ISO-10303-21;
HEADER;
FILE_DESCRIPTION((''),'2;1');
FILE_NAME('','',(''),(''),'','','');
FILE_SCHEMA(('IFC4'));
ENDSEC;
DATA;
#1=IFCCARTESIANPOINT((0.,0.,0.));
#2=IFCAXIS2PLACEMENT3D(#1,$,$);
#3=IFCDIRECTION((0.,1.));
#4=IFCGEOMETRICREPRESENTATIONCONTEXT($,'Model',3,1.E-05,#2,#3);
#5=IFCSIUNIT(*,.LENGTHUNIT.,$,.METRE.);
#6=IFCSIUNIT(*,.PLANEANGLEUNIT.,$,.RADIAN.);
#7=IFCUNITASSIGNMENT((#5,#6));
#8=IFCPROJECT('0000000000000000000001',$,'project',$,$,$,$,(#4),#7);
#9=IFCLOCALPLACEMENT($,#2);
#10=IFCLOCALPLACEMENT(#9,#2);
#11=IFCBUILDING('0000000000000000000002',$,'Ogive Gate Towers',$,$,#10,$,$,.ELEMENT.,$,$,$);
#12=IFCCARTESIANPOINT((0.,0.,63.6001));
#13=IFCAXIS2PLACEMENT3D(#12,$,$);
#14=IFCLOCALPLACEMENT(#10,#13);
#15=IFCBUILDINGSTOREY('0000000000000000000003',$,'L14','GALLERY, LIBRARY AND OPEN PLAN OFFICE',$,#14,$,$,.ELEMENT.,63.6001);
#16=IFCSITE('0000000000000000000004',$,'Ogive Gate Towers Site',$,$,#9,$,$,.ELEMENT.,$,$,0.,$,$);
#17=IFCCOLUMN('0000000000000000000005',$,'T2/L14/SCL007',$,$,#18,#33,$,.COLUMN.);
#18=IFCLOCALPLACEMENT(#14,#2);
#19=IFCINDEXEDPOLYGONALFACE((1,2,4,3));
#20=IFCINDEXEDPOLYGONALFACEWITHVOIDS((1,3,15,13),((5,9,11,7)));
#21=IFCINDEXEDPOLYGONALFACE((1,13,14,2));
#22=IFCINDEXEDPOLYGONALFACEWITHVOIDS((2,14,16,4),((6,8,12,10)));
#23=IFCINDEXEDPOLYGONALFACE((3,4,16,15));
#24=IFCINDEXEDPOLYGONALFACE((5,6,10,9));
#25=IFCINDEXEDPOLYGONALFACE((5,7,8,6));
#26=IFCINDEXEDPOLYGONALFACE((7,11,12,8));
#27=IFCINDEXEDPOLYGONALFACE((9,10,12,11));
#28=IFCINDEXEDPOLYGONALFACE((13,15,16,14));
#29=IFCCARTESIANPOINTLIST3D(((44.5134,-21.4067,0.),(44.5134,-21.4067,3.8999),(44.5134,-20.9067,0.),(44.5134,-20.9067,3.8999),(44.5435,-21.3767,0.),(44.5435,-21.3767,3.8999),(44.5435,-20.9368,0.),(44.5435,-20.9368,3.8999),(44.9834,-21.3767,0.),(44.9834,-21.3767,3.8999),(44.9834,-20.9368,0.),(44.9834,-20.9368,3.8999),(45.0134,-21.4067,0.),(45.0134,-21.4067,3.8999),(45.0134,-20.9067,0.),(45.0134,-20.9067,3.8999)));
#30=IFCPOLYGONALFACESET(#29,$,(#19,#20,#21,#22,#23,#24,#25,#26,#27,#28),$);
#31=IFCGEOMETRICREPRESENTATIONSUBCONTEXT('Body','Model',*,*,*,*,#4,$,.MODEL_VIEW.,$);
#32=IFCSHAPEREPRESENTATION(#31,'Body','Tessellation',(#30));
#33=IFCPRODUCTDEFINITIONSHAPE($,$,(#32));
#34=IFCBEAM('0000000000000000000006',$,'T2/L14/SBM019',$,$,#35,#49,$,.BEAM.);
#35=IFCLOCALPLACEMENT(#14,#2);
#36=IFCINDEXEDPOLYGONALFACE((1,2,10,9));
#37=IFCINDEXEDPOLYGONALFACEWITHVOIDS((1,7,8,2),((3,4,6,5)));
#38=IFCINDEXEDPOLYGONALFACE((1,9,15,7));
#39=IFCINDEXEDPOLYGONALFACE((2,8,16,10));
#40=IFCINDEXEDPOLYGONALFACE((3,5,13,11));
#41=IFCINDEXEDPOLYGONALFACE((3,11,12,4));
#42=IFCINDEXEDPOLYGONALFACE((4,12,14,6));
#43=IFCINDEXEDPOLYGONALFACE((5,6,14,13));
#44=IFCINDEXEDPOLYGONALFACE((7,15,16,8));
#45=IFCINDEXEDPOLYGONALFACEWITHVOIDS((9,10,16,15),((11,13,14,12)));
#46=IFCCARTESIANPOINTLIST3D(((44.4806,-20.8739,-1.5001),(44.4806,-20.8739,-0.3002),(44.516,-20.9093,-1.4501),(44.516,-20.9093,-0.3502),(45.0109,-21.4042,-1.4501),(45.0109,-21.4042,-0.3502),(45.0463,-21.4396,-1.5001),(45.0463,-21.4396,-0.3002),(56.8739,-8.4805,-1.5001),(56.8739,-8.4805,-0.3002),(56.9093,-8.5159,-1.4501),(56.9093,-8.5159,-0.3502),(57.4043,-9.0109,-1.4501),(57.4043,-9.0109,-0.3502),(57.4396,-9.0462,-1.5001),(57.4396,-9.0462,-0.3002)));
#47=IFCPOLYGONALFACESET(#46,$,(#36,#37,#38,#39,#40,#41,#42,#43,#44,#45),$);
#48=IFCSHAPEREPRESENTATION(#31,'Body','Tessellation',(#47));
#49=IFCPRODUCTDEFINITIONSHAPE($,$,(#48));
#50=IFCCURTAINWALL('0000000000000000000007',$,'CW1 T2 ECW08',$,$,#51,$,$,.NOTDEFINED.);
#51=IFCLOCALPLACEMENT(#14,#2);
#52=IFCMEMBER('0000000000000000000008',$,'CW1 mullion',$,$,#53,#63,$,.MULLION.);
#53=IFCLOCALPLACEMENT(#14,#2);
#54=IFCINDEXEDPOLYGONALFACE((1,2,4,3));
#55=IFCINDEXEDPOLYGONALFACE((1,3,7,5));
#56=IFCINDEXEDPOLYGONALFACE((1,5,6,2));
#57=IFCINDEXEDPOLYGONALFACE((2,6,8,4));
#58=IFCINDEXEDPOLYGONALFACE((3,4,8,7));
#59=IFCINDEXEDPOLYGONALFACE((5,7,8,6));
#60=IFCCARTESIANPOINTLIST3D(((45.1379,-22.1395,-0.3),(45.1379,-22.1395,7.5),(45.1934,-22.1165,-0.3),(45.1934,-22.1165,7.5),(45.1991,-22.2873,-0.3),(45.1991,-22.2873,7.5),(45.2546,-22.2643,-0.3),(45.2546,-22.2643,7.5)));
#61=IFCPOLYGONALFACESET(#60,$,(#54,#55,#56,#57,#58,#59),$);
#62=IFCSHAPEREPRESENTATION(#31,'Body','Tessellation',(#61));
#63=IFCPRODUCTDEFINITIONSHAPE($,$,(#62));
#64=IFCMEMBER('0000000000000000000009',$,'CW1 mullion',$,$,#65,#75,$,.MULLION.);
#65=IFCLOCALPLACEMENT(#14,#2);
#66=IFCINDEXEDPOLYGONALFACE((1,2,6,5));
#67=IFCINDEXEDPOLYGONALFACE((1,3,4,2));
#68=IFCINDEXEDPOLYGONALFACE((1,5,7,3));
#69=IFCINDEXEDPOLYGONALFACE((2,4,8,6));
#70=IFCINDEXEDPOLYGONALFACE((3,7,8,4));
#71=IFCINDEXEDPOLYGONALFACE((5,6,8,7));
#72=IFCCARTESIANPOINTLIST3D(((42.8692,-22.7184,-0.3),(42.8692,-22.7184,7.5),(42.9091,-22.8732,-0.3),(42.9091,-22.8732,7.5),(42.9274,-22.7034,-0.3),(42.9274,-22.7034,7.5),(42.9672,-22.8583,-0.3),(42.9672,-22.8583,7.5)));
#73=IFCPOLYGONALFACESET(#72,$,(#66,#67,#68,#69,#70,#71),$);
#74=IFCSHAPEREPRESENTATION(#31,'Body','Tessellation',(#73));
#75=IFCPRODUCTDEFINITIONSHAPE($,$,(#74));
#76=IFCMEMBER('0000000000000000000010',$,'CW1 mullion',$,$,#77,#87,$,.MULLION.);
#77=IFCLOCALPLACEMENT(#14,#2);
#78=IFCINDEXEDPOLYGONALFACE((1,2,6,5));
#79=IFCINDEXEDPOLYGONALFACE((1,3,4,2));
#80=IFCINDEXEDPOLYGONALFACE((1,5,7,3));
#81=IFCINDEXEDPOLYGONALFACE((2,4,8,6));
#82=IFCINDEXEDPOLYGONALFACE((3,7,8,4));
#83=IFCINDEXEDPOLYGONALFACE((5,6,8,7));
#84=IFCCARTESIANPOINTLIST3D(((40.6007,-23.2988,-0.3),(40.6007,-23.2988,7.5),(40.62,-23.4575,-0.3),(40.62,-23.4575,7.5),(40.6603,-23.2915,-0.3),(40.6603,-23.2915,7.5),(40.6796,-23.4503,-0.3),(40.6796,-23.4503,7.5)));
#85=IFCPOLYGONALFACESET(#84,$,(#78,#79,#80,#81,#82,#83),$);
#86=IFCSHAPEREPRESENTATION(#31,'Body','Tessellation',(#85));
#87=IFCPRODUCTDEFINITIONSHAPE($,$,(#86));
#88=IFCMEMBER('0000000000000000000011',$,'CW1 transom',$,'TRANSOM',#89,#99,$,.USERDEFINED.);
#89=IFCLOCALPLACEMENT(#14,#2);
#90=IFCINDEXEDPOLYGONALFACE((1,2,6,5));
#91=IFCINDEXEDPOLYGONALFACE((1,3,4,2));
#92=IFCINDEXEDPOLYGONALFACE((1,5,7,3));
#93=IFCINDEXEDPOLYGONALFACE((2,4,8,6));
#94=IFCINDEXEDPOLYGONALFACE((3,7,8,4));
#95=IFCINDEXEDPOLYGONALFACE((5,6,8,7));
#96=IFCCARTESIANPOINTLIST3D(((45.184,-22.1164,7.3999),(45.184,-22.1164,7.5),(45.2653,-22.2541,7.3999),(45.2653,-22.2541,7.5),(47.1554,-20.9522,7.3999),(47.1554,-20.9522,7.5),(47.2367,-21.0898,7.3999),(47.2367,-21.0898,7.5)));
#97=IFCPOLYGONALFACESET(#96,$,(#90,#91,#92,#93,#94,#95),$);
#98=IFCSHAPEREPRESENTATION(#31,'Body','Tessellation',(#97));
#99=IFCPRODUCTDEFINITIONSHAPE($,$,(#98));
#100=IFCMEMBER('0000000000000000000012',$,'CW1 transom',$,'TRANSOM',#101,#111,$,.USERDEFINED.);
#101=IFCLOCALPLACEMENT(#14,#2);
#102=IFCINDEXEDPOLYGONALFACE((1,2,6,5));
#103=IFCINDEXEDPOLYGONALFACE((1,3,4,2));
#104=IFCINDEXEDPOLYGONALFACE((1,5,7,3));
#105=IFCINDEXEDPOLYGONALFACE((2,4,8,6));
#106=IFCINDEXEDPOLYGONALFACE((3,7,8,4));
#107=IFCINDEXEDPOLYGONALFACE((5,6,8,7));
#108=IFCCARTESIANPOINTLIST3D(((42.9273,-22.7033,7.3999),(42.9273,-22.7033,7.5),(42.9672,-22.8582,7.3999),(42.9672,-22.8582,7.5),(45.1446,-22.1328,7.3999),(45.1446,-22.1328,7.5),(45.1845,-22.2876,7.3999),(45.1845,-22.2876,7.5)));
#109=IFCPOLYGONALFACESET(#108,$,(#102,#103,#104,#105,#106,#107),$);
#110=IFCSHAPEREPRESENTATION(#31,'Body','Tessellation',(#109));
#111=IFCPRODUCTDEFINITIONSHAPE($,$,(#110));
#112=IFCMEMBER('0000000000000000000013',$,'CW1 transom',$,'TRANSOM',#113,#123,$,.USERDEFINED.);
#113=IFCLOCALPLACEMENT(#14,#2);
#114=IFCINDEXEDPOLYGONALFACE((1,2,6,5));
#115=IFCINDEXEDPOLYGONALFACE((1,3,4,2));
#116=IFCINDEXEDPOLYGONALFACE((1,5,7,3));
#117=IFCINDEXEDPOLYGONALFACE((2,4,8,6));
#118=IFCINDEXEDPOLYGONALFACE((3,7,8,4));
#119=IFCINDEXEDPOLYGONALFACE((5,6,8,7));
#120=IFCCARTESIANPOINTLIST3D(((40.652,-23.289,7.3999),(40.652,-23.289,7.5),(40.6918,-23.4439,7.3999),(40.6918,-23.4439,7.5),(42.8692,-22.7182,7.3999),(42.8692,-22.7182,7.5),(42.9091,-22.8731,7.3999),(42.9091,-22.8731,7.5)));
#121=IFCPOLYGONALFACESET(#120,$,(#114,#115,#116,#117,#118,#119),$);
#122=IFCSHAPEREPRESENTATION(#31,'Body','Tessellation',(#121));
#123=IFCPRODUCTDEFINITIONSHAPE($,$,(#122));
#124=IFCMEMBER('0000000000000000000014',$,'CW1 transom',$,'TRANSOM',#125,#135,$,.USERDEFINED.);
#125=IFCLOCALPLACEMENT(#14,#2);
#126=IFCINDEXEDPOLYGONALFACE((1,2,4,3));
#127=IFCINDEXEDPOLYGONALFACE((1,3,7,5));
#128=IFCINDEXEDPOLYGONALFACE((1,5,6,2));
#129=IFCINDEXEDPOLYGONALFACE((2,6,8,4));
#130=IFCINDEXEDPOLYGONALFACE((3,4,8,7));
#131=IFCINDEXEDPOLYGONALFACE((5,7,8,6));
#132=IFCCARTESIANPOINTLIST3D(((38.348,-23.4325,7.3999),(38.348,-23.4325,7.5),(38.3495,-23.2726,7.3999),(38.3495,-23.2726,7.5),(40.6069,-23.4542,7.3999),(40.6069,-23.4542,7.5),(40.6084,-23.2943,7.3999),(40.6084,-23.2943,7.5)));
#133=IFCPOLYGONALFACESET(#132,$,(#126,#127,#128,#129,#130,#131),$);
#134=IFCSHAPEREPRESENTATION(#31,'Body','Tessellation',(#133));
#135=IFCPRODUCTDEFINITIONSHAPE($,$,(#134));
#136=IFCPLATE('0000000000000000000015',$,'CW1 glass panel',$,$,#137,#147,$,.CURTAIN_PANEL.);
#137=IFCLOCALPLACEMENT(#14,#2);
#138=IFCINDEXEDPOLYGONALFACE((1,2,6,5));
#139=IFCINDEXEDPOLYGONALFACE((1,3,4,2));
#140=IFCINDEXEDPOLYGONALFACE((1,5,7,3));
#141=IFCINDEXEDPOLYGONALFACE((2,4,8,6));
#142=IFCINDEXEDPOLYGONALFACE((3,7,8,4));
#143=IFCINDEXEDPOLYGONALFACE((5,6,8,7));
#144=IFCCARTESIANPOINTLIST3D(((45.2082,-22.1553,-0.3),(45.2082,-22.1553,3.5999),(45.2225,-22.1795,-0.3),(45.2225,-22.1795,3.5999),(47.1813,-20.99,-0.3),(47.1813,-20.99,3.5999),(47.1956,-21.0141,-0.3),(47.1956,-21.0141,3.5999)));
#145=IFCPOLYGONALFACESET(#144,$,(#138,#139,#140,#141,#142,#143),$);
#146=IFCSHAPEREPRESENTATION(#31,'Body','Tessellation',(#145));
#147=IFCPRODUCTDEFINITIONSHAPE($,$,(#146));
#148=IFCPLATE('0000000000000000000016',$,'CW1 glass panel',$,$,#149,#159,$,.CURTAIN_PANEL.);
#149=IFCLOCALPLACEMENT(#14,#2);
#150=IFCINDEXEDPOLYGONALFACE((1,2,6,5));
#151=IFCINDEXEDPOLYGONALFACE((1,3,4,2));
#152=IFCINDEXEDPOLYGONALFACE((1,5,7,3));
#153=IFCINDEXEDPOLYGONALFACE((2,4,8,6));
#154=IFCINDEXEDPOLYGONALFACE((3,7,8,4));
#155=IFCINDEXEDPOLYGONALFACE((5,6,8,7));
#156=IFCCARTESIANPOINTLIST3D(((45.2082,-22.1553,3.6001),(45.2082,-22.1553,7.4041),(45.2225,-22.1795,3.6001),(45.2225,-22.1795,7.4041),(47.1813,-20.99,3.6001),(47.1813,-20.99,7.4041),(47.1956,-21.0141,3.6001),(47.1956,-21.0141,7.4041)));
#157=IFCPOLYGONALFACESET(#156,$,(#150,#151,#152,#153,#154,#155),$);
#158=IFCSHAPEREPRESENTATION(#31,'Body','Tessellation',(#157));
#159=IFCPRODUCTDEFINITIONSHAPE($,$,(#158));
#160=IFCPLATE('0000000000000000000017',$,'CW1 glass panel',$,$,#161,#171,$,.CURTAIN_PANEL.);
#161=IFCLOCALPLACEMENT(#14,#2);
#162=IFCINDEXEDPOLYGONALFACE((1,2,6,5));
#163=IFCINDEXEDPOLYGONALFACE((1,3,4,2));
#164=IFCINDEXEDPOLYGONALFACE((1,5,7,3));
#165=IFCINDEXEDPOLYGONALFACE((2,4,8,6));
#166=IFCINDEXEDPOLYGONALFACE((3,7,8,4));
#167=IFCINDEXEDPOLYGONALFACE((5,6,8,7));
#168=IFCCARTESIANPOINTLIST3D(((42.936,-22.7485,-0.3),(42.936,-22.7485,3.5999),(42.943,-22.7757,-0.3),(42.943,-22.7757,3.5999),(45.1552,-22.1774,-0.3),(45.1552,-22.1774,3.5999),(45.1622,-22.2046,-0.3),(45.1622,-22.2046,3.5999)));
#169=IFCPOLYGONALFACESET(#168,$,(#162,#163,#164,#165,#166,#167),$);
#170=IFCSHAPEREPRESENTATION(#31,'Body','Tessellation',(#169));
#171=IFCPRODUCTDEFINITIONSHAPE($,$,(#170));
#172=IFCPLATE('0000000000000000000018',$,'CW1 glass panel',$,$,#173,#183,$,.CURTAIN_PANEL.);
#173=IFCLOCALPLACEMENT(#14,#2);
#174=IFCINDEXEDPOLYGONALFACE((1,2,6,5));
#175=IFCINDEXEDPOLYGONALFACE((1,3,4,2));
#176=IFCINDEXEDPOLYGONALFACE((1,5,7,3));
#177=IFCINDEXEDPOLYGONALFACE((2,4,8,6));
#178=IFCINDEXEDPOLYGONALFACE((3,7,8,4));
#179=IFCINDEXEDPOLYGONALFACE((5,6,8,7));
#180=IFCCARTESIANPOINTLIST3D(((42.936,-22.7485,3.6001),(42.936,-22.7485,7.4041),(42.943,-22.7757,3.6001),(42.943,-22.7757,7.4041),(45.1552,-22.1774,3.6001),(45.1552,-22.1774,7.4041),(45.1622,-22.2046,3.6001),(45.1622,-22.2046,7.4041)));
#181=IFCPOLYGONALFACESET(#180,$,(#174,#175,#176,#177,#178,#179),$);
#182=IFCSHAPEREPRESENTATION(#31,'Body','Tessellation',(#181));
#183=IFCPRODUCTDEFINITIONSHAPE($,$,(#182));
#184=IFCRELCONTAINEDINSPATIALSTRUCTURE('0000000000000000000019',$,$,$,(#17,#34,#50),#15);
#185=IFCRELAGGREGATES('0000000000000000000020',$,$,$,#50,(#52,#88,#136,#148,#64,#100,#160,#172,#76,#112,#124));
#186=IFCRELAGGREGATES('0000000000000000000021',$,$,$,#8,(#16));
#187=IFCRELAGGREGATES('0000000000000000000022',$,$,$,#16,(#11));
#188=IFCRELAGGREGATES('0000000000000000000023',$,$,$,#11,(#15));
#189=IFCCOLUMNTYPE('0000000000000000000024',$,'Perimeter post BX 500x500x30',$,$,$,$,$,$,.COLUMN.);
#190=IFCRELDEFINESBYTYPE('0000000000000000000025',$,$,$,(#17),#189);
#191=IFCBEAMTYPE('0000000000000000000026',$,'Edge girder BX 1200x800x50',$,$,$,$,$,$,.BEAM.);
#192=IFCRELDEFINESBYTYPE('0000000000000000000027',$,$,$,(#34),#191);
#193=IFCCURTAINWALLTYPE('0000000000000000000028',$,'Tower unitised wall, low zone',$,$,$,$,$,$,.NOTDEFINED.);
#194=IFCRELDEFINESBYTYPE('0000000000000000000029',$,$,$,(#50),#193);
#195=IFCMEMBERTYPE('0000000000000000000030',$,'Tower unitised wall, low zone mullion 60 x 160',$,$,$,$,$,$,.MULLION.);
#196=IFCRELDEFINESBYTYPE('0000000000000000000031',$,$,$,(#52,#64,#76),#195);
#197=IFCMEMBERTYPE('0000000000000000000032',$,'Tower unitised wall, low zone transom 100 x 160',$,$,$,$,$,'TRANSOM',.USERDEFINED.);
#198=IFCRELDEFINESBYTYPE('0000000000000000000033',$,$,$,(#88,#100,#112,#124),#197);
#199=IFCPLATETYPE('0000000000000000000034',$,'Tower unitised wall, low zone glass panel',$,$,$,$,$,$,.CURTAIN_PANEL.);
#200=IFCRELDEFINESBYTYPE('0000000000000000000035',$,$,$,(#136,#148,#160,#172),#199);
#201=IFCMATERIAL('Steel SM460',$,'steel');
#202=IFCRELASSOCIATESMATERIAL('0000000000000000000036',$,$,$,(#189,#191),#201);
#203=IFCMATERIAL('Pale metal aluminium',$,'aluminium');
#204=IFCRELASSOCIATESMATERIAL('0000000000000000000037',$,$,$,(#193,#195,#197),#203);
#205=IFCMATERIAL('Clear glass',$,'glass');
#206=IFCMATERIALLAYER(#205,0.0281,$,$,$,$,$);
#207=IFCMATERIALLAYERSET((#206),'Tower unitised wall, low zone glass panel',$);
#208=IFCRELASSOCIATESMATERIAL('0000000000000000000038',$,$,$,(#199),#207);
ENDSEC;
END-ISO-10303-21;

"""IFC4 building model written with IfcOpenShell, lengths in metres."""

from ifc_helpers import new_model, si_unit, direction, frame, origin, origin_2d, place, context, subcontext, project, spatial, rectangle, hollow_rectangle, extrude, material, layer, layer_set, material_profile, profile_set, type_object, element, aggregate, save


model = new_model("IFC4")

# Units and contexts
model_context = context("Model", 3, precision=1e-05, world=origin(), true_north=direction((0.0, 1.0)))
body_context = subcontext(model_context, "Body", "Model", "MODEL_VIEW")
ifc_project = project(units=[si_unit("LENGTHUNIT", "METRE"), si_unit("PLANEANGLEUNIT", "RADIAN")], contexts=[model_context])

# Site, building, storey
site_placement = place(None, origin())
site = spatial("IfcSite", under=ifc_project, at=site_placement, Name="Ogive Gate Towers Site", CompositionType="ELEMENT", RefElevation=0.0)
building_placement = place(site_placement, origin())
building = spatial("IfcBuilding", under=site, at=building_placement, Name="Ogive Gate Towers", CompositionType="ELEMENT")
storey_placement = place(building_placement, frame((0.0, 0.0, 63.6001)))
storey = spatial("IfcBuildingStorey", under=building, at=storey_placement, Name="L14", Description="GALLERY, LIBRARY AND OPEN PLAN OFFICE", CompositionType="ELEMENT", Elevation=63.6001)

# Column
ifc_material_1 = material(Name="Steel SM460", Category="steel")
ifc_material_profile_1 = material_profile(ifc_material_1, hollow_rectangle(XDim=0.5, YDim=0.5, WallThickness=0.03, at=origin_2d()), Name="BX 500x500x30")
ifc_profile_set_1 = profile_set([ifc_material_profile_1], Name="Steel SM460")
column_type = type_object("IfcColumnType", Name="Perimeter post BX 500x500x30", PredefinedType="COLUMN", material=ifc_profile_set_1)
column_placement = place(storey_placement, frame((44.7634, -21.1567, 0.0), z_axis=(0.0, 0.0, 1.0), x_axis=(1.0, 0.0, 0.0)))
element("IfcColumn", 1, at=column_placement, inside=storey, type_object=column_type, Name="T2/L14/SCL007", PredefinedType="COLUMN", context=body_context, shape_type="SweptSolid", body=[
    extrude(hollow_rectangle(XDim=0.5, YDim=0.5, WallThickness=0.03, at=origin_2d()), origin(), (0.0, 0.0, 1.0), 3.8999),
])

# Beam
ifc_material_profile_2 = material_profile(ifc_material_1, hollow_rectangle(XDim=0.8, YDim=1.2, WallThickness=0.05, at=origin_2d()), Name="BX 1200x800x50")
ifc_profile_set_2 = profile_set([ifc_material_profile_2], Name="Steel SM460")
beam_type = type_object("IfcBeamType", Name="Edge girder BX 1200x800x50", PredefinedType="BEAM", material=ifc_profile_set_2)
beam_placement = place(storey_placement, frame((44.7634, -21.1567, -0.9001), z_axis=(0.707107, 0.707107, 0.0), x_axis=(-0.707107, 0.707107, 0.0)))
element("IfcBeam", 2, at=beam_placement, inside=storey, type_object=beam_type, Name="T2/L14/SBM019", PredefinedType="BEAM", context=body_context, shape_type="SweptSolid", body=[
    extrude(hollow_rectangle(XDim=0.8, YDim=1.2, WallThickness=0.05, at=origin_2d()), origin(), (0.0, 0.0, 1.0), 17.5269),
])

# Curtain wall, members, plates
ifc_material_2 = material(Name="Pale metal aluminium", Category="aluminium")
curtain_wall_type = type_object("IfcCurtainWallType", Name="Tower unitised wall, low zone", PredefinedType="NOTDEFINED", material=ifc_material_2)
curtain_wall_placement = place(storey_placement, origin())
curtain_wall = element("IfcCurtainWall", 3, at=curtain_wall_placement, inside=storey, type_object=curtain_wall_type, Name="CW1 T2 ECW08", PredefinedType="NOTDEFINED")
ifc_material_profile_3 = material_profile(ifc_material_2, rectangle(XDim=0.1599, YDim=0.0601, at=origin_2d()), Name="60 x 160 aluminium box")
ifc_profile_set_3 = profile_set([ifc_material_profile_3], Name="Pale metal aluminium")
member_type_1 = type_object("IfcMemberType", Name="Tower unitised wall, low zone mullion 60 x 160", PredefinedType="MULLION", material=ifc_profile_set_3)
member_1_placement = place(storey_placement, frame((45.1963, -22.2019, -0.3), z_axis=(0.0, 0.0, 1.0), x_axis=(-0.382683, 0.92388, 0.0)))
member_1 = element("IfcMember", 4, at=member_1_placement, type_object=member_type_1, Name="CW1 mullion", PredefinedType="MULLION", context=body_context, shape_type="SweptSolid", body=[
    extrude(rectangle(XDim=0.1599, YDim=0.0601, at=origin_2d()), origin(), (0.0, 0.0, 1.0), 7.8),
])
member_2_placement = place(storey_placement, frame((42.9182, -22.7883, -0.3), z_axis=(0.0, 0.0, 1.0), x_axis=(-0.249248, 0.96844, 0.0)))
member_2 = element("IfcMember", 5, at=member_2_placement, type_object=member_type_1, Name="CW1 mullion", PredefinedType="MULLION", context=body_context, shape_type="SweptSolid", body=[
    extrude(rectangle(XDim=0.1599, YDim=0.0601, at=origin_2d()), origin(), (0.0, 0.0, 1.0), 7.8),
])
member_3_placement = place(storey_placement, frame((40.6401, -23.3745, -0.3), z_axis=(0.0, 0.0, 1.0), x_axis=(-0.120865, 0.992669, 0.0)))
member_3 = element("IfcMember", 6, at=member_3_placement, type_object=member_type_1, Name="CW1 mullion", PredefinedType="MULLION", context=body_context, shape_type="SweptSolid", body=[
    extrude(rectangle(XDim=0.1599, YDim=0.0601, at=origin_2d()), origin(), (0.0, 0.0, 1.0), 7.8),
])
ifc_material_profile_4 = material_profile(ifc_material_2, rectangle(XDim=0.1599, YDim=0.1001, at=origin_2d()), Name="100 x 160 aluminium box")
ifc_profile_set_4 = profile_set([ifc_material_profile_4], Name="Pale metal aluminium")
member_type_2 = type_object("IfcMemberType", Name="Tower unitised wall, low zone transom 100 x 160", ElementType="TRANSOM", PredefinedType="USERDEFINED", material=ifc_profile_set_4)
member_4_placement = place(storey_placement, frame((47.196, -21.021, 7.45), z_axis=(-0.861048, -0.508525, 0.0), x_axis=(0.508525, -0.861048, 0.0)))
member_4 = element("IfcMember", 7, at=member_4_placement, type_object=member_type_2, Name="CW1 transom", ObjectType="TRANSOM", PredefinedType="USERDEFINED", context=body_context, shape_type="SweptSolid", body=[
    extrude(rectangle(XDim=0.1599, YDim=0.1001, at=origin_2d()), origin(), (0.0, 0.0, 1.0), 2.2896),
])
member_5_placement = place(storey_placement, frame((45.1646, -22.2102, 7.45), z_axis=(-0.968451, -0.249204, 0.0), x_axis=(0.249204, -0.968451, 0.0)))
member_5 = element("IfcMember", 8, at=member_5_placement, type_object=member_type_2, Name="CW1 transom", ObjectType="TRANSOM", PredefinedType="USERDEFINED", context=body_context, shape_type="SweptSolid", body=[
    extrude(rectangle(XDim=0.1599, YDim=0.1001, at=origin_2d()), origin(), (0.0, 0.0, 1.0), 2.2896),
])
member_6_placement = place(storey_placement, frame((42.8892, -22.7957, 7.45), z_axis=(-0.968425, -0.249304, 0.0), x_axis=(0.249304, -0.968425, 0.0)))
member_6 = element("IfcMember", 9, at=member_6_placement, type_object=member_type_2, Name="CW1 transom", ObjectType="TRANSOM", PredefinedType="USERDEFINED", context=body_context, shape_type="SweptSolid", body=[
    extrude(rectangle(XDim=0.1599, YDim=0.1001, at=origin_2d()), origin(), (0.0, 0.0, 1.0), 2.2896),
])
member_7_placement = place(storey_placement, frame((40.6077, -23.3743, 7.45), z_axis=(-0.999954, 0.009618, 0.0), x_axis=(-0.009618, -0.999954, 0.0)))
member_7 = element("IfcMember", 10, at=member_7_placement, type_object=member_type_2, Name="CW1 transom", ObjectType="TRANSOM", PredefinedType="USERDEFINED", context=body_context, shape_type="SweptSolid", body=[
    extrude(rectangle(XDim=0.1599, YDim=0.1001, at=origin_2d()), origin(), (0.0, 0.0, 1.0), 2.259),
])
ifc_material_3 = material(Name="Clear glass", Category="glass")
ifc_layer_1 = layer(ifc_material_3, 0.0281)
ifc_layer_set_1 = layer_set([ifc_layer_1], Name="Tower unitised wall, low zone glass panel")
plate_type = type_object("IfcPlateType", Name="Tower unitised wall, low zone glass panel", PredefinedType="CURTAIN_PANEL", material=ifc_layer_set_1)
plate_1_placement = place(storey_placement, frame((46.2019, -21.5847, -0.3), z_axis=(0.0, 0.0, 1.0), x_axis=(-0.861035, -0.508546, 0.0)))
plate_1 = element("IfcPlate", 11, at=plate_1_placement, type_object=plate_type, Name="CW1 glass panel", PredefinedType="CURTAIN_PANEL", context=body_context, shape_type="SweptSolid", body=[
    extrude(rectangle(XDim=2.2915, YDim=0.0281, at=origin_2d()), origin(), (0.0, 0.0, 1.0), 3.8999),
])
plate_2_placement = place(storey_placement, frame((46.2019, -21.5847, 3.6001), z_axis=(0.0, 0.0, 1.0), x_axis=(-0.861035, -0.508546, 0.0)))
plate_2 = element("IfcPlate", 12, at=plate_2_placement, type_object=plate_type, Name="CW1 glass panel", PredefinedType="CURTAIN_PANEL", context=body_context, shape_type="SweptSolid", body=[
    extrude(rectangle(XDim=2.2915, YDim=0.0281, at=origin_2d()), origin(), (0.0, 0.0, 1.0), 3.804),
])
plate_3_placement = place(storey_placement, frame((44.0491, -22.4766, -0.3), z_axis=(0.0, 0.0, 1.0), x_axis=(-0.96844, -0.249248, 0.0)))
plate_3 = element("IfcPlate", 13, at=plate_3_placement, type_object=plate_type, Name="CW1 glass panel", PredefinedType="CURTAIN_PANEL", context=body_context, shape_type="SweptSolid", body=[
    extrude(rectangle(XDim=2.2915, YDim=0.0281, at=origin_2d()), origin(), (0.0, 0.0, 1.0), 3.8999),
])
plate_4_placement = place(storey_placement, frame((44.0491, -22.4766, 3.6001), z_axis=(0.0, 0.0, 1.0), x_axis=(-0.96844, -0.249248, 0.0)))
plate_4 = element("IfcPlate", 14, at=plate_4_placement, type_object=plate_type, Name="CW1 glass panel", PredefinedType="CURTAIN_PANEL", context=body_context, shape_type="SweptSolid", body=[
    extrude(rectangle(XDim=2.2915, YDim=0.0281, at=origin_2d()), origin(), (0.0, 0.0, 1.0), 3.804),
])
aggregate(curtain_wall, [member_1, member_4, plate_1, plate_2, member_2, member_5, plate_3, plate_4, member_3, member_6, member_7])

save(model, "model.ifc")
